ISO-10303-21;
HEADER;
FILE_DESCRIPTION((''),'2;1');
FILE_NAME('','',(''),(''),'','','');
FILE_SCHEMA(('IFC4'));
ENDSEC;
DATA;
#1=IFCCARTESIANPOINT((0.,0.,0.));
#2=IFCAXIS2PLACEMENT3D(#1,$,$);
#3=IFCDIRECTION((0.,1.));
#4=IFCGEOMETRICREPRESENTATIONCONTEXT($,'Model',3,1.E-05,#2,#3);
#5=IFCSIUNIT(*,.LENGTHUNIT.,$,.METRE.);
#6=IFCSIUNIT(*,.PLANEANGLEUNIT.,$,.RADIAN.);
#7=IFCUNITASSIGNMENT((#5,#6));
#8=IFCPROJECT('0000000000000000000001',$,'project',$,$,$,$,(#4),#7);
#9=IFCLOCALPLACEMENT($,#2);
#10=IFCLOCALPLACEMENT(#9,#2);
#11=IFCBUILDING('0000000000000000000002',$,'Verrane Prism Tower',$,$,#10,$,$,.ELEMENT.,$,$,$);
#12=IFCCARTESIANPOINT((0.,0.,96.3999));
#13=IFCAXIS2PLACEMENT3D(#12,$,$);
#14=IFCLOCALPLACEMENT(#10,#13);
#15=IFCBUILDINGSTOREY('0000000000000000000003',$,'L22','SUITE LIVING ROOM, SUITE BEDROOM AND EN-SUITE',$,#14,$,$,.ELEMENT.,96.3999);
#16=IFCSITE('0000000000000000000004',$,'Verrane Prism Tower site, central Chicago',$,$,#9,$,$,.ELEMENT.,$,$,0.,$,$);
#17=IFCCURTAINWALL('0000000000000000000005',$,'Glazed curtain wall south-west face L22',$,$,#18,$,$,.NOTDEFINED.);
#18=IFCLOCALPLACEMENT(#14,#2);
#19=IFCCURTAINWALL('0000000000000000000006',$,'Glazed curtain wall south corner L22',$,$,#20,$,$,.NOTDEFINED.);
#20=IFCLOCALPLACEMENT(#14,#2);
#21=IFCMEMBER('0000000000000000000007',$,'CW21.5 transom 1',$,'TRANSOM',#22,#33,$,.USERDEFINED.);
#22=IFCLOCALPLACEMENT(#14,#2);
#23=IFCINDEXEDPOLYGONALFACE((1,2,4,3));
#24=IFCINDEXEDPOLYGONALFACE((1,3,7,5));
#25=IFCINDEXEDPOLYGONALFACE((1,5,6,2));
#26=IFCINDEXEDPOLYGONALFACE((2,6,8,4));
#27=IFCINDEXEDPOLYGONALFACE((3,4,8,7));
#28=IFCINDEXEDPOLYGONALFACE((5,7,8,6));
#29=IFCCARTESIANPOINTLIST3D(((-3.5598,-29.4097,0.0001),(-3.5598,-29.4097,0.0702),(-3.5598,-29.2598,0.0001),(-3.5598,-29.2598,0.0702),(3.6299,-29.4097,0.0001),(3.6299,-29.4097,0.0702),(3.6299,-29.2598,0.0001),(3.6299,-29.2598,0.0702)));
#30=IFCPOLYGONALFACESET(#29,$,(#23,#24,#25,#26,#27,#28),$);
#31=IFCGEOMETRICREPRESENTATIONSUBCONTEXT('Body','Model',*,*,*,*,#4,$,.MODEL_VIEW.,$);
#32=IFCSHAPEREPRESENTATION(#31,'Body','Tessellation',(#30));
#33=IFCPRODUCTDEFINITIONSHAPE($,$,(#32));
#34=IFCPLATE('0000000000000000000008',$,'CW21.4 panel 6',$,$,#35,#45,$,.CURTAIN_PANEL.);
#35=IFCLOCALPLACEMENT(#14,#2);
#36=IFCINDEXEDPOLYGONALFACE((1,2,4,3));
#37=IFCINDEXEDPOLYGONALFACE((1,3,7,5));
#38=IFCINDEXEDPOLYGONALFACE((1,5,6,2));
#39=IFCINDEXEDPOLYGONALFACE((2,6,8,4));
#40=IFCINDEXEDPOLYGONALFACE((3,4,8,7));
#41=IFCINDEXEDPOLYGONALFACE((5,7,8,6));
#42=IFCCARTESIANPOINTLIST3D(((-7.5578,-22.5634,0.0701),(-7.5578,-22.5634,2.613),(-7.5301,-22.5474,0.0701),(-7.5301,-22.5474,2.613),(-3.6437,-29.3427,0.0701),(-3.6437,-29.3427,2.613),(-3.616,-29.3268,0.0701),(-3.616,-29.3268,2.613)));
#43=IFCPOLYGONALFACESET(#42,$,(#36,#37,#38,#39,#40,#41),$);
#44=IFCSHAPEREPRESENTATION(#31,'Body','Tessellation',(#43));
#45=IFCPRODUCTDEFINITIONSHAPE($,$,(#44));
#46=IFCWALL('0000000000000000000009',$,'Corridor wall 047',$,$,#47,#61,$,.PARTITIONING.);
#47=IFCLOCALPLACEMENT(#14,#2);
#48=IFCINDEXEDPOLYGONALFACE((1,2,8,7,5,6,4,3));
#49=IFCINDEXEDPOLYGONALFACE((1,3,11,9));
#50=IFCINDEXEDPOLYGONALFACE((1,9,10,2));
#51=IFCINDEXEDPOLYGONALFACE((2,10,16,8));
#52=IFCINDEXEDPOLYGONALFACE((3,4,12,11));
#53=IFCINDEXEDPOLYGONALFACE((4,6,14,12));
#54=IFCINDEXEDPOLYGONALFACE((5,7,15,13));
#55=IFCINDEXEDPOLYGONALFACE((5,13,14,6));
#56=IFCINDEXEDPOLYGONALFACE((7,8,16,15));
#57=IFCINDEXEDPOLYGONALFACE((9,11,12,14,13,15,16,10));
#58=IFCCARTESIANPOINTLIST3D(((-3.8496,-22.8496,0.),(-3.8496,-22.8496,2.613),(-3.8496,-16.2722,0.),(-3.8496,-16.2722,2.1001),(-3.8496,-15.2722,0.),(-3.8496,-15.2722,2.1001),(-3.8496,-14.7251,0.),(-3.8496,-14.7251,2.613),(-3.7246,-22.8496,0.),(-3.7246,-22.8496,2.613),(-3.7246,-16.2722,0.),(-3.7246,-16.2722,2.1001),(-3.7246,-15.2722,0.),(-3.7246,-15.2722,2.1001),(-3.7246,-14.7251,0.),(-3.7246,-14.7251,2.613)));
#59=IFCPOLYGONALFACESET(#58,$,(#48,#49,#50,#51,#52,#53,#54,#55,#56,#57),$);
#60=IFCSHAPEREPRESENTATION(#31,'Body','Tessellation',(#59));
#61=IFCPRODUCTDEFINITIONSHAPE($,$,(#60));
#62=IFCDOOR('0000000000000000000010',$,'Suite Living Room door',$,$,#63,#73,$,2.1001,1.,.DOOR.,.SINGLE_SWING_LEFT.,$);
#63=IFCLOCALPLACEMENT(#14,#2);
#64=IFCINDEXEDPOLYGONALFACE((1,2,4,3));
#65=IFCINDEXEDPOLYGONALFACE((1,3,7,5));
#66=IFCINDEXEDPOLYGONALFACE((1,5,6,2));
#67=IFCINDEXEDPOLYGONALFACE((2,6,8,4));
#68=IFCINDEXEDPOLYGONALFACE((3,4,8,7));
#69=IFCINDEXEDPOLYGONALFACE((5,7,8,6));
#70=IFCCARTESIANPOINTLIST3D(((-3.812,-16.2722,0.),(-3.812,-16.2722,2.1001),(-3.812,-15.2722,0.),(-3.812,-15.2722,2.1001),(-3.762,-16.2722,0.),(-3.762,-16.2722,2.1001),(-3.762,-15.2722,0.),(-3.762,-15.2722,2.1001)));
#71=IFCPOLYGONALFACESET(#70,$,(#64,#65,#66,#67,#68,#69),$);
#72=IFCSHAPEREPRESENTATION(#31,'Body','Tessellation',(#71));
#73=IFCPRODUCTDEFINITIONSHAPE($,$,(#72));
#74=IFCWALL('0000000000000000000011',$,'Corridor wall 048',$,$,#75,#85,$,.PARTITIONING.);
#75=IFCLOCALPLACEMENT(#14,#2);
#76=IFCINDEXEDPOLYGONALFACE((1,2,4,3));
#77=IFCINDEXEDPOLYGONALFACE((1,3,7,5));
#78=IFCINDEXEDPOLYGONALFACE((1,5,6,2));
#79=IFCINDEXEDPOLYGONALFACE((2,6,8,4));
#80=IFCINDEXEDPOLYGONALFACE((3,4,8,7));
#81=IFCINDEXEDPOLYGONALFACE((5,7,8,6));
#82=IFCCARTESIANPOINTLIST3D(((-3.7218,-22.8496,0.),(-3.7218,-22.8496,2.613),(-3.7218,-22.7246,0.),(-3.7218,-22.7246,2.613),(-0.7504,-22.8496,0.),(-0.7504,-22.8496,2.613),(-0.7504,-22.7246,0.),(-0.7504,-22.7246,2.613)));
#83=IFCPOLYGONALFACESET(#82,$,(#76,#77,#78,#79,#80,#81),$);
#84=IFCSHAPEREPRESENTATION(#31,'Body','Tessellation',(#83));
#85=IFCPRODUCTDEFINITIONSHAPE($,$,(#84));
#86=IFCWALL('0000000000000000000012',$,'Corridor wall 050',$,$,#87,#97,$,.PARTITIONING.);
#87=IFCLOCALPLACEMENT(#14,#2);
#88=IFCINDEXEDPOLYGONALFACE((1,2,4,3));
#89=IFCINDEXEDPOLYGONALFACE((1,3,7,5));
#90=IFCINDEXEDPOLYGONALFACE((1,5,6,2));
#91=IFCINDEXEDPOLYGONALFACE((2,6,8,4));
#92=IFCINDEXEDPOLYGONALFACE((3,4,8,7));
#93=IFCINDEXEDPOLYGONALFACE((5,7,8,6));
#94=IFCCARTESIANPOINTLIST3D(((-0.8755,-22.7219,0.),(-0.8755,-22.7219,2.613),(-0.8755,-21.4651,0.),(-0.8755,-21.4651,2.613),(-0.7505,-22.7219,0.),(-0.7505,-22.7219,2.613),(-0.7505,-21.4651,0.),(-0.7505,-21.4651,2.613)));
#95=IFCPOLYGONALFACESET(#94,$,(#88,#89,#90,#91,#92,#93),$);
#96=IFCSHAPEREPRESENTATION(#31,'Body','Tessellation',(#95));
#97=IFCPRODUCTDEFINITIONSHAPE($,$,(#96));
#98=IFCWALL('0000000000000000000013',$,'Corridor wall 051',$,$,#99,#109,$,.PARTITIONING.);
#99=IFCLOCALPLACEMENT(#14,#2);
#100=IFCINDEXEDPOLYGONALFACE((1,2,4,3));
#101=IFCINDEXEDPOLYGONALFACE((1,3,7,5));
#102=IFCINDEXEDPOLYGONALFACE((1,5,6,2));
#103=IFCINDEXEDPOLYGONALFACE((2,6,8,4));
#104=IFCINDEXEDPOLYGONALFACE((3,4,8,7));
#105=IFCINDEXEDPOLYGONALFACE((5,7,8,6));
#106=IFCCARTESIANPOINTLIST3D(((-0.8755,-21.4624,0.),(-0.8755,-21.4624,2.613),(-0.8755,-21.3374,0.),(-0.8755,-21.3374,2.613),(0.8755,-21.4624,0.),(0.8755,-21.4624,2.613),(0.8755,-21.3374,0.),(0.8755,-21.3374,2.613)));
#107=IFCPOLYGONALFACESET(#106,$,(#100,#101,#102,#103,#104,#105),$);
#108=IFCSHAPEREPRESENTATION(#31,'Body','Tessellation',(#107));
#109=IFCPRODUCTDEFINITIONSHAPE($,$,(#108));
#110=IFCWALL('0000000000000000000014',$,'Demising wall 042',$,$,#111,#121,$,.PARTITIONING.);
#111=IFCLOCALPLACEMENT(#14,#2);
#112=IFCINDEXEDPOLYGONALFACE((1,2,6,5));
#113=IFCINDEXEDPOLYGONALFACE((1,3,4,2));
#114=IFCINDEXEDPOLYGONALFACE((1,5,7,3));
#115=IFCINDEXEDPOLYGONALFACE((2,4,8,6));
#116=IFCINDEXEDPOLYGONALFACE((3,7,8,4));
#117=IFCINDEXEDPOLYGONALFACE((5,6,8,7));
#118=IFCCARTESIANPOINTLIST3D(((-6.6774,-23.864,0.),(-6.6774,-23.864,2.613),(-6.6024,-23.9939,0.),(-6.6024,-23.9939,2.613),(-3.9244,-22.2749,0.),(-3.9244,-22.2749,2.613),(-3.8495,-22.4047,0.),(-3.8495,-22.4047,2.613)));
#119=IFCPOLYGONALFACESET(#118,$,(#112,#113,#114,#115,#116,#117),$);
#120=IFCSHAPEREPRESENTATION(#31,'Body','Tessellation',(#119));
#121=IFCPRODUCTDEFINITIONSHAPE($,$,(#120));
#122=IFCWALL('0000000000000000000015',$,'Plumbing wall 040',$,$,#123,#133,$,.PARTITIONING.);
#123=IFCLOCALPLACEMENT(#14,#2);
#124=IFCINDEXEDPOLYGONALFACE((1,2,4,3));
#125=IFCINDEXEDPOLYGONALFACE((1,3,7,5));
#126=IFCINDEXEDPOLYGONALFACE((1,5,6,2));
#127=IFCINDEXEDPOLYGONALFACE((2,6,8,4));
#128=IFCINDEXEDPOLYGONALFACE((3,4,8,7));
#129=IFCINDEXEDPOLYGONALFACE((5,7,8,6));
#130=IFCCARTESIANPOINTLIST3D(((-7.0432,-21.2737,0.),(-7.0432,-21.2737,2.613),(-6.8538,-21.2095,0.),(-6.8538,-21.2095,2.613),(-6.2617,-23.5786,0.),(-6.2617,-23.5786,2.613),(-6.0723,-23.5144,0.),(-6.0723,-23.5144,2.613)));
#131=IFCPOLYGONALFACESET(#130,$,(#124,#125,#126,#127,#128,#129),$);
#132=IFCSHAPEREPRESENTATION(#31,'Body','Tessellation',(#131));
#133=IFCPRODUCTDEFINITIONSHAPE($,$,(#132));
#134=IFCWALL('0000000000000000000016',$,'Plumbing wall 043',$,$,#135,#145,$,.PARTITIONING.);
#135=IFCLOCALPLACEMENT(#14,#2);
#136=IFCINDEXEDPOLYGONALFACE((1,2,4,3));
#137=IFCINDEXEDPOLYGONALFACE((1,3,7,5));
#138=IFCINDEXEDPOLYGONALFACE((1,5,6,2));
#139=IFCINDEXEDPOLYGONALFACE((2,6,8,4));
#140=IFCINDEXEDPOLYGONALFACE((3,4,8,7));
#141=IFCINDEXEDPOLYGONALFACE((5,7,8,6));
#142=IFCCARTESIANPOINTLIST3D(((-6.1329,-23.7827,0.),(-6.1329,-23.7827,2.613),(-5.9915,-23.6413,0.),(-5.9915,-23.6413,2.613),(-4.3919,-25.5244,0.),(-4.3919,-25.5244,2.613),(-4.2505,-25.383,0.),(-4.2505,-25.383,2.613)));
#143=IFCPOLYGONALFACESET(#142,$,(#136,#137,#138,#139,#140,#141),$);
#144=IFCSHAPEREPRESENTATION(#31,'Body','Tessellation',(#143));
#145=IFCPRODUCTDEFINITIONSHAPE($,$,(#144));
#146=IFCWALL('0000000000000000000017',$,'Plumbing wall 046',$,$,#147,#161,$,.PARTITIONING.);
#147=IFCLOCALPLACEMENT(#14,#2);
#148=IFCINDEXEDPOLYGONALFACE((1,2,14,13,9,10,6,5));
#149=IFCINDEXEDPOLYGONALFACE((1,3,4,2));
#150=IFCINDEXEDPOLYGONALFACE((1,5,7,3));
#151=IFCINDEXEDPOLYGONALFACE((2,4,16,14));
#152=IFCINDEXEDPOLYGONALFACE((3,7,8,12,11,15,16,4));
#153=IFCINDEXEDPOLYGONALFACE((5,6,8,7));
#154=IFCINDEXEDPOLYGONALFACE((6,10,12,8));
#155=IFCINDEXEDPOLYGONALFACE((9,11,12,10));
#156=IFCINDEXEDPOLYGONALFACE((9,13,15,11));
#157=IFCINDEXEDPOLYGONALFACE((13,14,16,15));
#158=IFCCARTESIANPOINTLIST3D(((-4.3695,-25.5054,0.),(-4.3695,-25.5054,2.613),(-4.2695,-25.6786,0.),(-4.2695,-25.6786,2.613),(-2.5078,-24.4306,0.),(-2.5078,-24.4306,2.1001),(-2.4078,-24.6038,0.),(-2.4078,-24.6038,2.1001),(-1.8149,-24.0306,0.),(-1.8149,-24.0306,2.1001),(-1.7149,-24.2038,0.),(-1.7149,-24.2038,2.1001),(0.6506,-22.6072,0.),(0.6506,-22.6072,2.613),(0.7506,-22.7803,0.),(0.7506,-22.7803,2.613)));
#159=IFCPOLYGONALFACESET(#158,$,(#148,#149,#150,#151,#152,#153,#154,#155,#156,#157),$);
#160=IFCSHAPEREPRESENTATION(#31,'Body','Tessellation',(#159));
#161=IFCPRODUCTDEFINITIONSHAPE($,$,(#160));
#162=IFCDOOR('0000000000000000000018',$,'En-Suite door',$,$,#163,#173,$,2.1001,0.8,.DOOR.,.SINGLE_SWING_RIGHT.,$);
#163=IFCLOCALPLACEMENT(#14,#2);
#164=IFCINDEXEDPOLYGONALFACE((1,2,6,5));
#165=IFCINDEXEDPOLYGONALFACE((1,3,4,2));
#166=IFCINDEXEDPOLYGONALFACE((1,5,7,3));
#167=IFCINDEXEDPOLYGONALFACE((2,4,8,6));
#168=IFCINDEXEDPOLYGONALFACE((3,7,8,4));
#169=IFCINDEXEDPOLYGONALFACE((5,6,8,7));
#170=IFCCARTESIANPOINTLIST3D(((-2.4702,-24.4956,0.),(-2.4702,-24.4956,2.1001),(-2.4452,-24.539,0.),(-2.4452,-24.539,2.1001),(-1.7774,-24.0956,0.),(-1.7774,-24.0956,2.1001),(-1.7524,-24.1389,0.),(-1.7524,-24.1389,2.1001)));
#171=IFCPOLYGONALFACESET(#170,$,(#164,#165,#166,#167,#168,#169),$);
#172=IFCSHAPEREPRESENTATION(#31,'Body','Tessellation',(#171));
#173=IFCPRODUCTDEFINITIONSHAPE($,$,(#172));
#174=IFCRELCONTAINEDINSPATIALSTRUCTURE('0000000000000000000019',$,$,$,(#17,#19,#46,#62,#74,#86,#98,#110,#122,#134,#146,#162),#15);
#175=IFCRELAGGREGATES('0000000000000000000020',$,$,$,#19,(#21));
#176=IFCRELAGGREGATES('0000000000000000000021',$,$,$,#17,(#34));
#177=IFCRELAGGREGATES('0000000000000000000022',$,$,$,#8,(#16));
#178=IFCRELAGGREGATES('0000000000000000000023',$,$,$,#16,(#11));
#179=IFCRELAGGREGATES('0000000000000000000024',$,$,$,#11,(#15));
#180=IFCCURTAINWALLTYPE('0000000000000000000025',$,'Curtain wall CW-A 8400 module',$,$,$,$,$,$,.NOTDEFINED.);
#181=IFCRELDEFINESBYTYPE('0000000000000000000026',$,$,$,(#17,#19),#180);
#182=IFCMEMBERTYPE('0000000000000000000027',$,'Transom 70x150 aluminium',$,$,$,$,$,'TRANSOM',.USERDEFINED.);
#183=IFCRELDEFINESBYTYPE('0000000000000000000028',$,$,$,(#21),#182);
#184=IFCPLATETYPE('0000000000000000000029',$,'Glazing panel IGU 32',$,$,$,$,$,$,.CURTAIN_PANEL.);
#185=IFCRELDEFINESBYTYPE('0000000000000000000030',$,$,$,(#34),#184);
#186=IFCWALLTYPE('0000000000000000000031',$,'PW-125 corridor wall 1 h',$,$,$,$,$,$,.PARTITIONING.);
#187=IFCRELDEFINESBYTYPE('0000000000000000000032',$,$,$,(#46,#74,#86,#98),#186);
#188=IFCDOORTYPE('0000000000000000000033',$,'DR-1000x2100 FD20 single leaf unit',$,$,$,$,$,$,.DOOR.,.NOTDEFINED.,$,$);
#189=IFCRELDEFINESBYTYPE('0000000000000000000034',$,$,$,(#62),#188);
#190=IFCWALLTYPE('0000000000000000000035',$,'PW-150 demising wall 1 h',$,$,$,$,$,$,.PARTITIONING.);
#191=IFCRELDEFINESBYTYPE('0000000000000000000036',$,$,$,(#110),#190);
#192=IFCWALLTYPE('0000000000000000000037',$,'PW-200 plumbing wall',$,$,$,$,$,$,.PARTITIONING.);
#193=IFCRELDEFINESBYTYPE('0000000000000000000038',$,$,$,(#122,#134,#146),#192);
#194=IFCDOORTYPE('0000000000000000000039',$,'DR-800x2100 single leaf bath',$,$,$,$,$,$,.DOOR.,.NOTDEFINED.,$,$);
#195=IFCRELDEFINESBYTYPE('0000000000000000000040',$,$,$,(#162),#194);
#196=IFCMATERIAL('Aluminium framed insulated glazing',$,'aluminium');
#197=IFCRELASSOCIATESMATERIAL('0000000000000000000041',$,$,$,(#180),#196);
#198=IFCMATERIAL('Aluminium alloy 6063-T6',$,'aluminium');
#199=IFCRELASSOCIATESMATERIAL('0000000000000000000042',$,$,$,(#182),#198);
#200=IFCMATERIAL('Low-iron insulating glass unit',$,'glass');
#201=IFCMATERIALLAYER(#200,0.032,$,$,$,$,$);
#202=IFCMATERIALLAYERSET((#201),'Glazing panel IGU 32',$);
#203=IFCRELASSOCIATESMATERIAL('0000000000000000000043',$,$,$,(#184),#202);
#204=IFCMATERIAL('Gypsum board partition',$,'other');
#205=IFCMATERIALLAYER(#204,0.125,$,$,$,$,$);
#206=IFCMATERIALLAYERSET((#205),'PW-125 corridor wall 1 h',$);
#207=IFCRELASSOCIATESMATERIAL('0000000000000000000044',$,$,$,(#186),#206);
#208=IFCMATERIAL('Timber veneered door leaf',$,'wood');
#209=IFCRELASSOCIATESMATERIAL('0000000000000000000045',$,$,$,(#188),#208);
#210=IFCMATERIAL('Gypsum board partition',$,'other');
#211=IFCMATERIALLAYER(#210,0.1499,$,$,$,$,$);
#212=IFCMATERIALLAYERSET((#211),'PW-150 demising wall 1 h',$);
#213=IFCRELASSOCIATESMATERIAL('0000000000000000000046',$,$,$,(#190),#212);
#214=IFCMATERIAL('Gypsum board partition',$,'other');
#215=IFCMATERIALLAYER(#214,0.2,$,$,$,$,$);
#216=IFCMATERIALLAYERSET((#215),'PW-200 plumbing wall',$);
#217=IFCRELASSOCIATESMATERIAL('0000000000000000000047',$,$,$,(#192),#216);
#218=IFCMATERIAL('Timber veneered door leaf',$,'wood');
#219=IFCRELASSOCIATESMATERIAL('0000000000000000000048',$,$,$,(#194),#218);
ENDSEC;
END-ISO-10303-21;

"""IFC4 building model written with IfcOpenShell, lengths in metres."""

from ifc_helpers import new_model, si_unit, direction, frame, frame_2d, origin, origin_2d, place, context, subcontext, project, spatial, rectangle, extrude, material, layer, layer_set, material_profile, profile_set, type_object, element, fill, aggregate, save


model = new_model("IFC4")

# Units and contexts
model_context = context("Model", 3, precision=1e-05, world=origin(), true_north=direction((0.0, 1.0)))
body_context = subcontext(model_context, "Body", "Model", "MODEL_VIEW")
ifc_project = project(units=[si_unit("LENGTHUNIT", "METRE"), si_unit("PLANEANGLEUNIT", "RADIAN")], contexts=[model_context])

# Site, building, storey
site_placement = place(None, origin())
site = spatial("IfcSite", under=ifc_project, at=site_placement, Name="Verrane Prism Tower site, central Chicago", CompositionType="ELEMENT", RefElevation=0.0)
building_placement = place(site_placement, origin())
building = spatial("IfcBuilding", under=site, at=building_placement, Name="Verrane Prism Tower", CompositionType="ELEMENT")
storey_placement = place(building_placement, frame((0.0, 0.0, 96.3999)))
storey = spatial("IfcBuildingStorey", under=building, at=storey_placement, Name="L22", Description="SUITE LIVING ROOM, SUITE BEDROOM AND EN-SUITE", CompositionType="ELEMENT", Elevation=96.3999)

# Curtain walls
ifc_material_1 = material(Name="Aluminium framed insulated glazing", Category="aluminium")
curtain_wall_type = type_object("IfcCurtainWallType", Name="Curtain wall CW-A 8400 module", PredefinedType="NOTDEFINED", material=ifc_material_1)
curtain_wall_1_placement = place(storey_placement, origin())
curtain_wall_1 = element("IfcCurtainWall", 1, at=curtain_wall_1_placement, inside=storey, type_object=curtain_wall_type, Name="Glazed curtain wall south-west face L22", PredefinedType="NOTDEFINED")
curtain_wall_2_placement = place(storey_placement, origin())
curtain_wall_2 = element("IfcCurtainWall", 2, at=curtain_wall_2_placement, inside=storey, type_object=curtain_wall_type, Name="Glazed curtain wall south corner L22", PredefinedType="NOTDEFINED")

# Member
ifc_material_2 = material(Name="Aluminium alloy 6063-T6", Category="aluminium")
ifc_material_profile_1 = material_profile(ifc_material_2, rectangle(XDim=0.1499, YDim=0.0701, at=origin_2d()), Name="Transom 70x150 aluminium")
ifc_profile_set_1 = profile_set([ifc_material_profile_1], Name="Aluminium alloy 6063-T6")
member_type_1 = type_object("IfcMemberType", Name="Transom 70x150 aluminium", ElementType="TRANSOM", PredefinedType="USERDEFINED", material=ifc_profile_set_1)
member_1_placement = place(storey_placement, frame((-3.5598, -29.3347, 0.0352), z_axis=(1.0, 0.0, 0.0), x_axis=(0.0, 1.0, 0.0)))
member_1 = element("IfcMember", 3, at=member_1_placement, type_object=member_type_1, Name="CW21.5 transom 1", ObjectType="TRANSOM", PredefinedType="USERDEFINED", context=body_context, shape_type="SweptSolid", body=[
    extrude(rectangle(XDim=0.1499, YDim=0.0701, at=origin_2d()), origin(), (0.0, 0.0, 1.0), 7.1897),
])
aggregate(curtain_wall_2, [member_1])

# Plate
ifc_material_3 = material(Name="Low-iron insulating glass unit", Category="glass")
ifc_layer_1 = layer(ifc_material_3, 0.032)
ifc_layer_set_1 = layer_set([ifc_layer_1], Name="Glazing panel IGU 32")
plate_type = type_object("IfcPlateType", Name="Glazing panel IGU 32", PredefinedType="CURTAIN_PANEL", material=ifc_layer_set_1)
plate_placement = place(storey_placement, frame((-5.5869, -25.9451, 0.0701), z_axis=(0.0, 0.0, 1.0), x_axis=(0.5, -0.866026, 0.0)))
plate = element("IfcPlate", 4, at=plate_placement, type_object=plate_type, Name="CW21.4 panel 6", PredefinedType="CURTAIN_PANEL", context=body_context, shape_type="SweptSolid", body=[
    extrude(rectangle(XDim=7.8281, YDim=0.032, at=origin_2d()), origin(), (0.0, 0.0, 1.0), 2.543),
])
aggregate(curtain_wall_1, [plate])

# Wall, opening, door
ifc_material_4 = material(Name="Gypsum board partition", Category="other")
ifc_layer_2 = layer(ifc_material_4, 0.125)
ifc_layer_set_2 = layer_set([ifc_layer_2], Name="PW-125 corridor wall 1 h")
wall_type_1 = type_object("IfcWallType", Name="PW-125 corridor wall 1 h", PredefinedType="PARTITIONING", material=ifc_layer_set_2)
wall_1_placement = place(storey_placement, frame((-3.7871, -22.8496, 0.0), z_axis=(0.0, 0.0, 1.0), x_axis=(0.0, 1.0, 0.0)))
wall_1 = element("IfcWall", 5, at=wall_1_placement, inside=storey, type_object=wall_type_1, Name="Corridor wall 047", PredefinedType="PARTITIONING", context=body_context, shape_type="SweptSolid", body=[
    extrude(rectangle(XDim=8.1245, YDim=0.125, at=frame_2d((4.0623, 0.0))), origin(), (0.0, 0.0, 1.0), 2.613),
])
opening_1_placement = place(wall_1_placement, frame((6.5774, 0.0, 0.0)))
opening_1 = element("IfcOpeningElement", 6, at=opening_1_placement, cuts=wall_1, PredefinedType="OPENING", context=body_context, shape_type="SweptSolid", body=[
    extrude(rectangle(XDim=1.0, YDim=2.1001, at=frame_2d((0.5, 1.05))), frame((0.0, 0.0725, 0.0), z_axis=(0.0, -1.0, 0.0), x_axis=(1.0, 0.0, 0.0)), (0.0, 0.0, 1.0), 0.145),
])
ifc_material_5 = material(Name="Timber veneered door leaf", Category="wood")
door_type_1 = type_object("IfcDoorType", Name="DR-1000x2100 FD20 single leaf unit", OperationType="NOTDEFINED", PredefinedType="DOOR", material=ifc_material_5)
door_1_placement = place(opening_1_placement, origin())
door_1 = element("IfcDoor", 7, at=door_1_placement, inside=storey, type_object=door_type_1, Name="Suite Living Room door", OperationType="SINGLE_SWING_LEFT", OverallHeight=2.1001, OverallWidth=1.0, PredefinedType="DOOR", context=body_context, shape_type="SweptSolid", body=[
    extrude(rectangle(XDim=1.0, YDim=2.1001, at=frame_2d((0.5, 1.05))), frame((0.0, 0.0249, 0.0), z_axis=(0.0, -1.0, 0.0), x_axis=(1.0, 0.0, 0.0)), (0.0, 0.0, 1.0), 0.05),
])
fill(opening_1, door_1)

# Walls
wall_2_placement = place(storey_placement, frame((-3.7219, -22.7871, 0.0), z_axis=(0.0, 0.0, 1.0), x_axis=(1.0, 0.0, 0.0)))
element("IfcWall", 8, at=wall_2_placement, inside=storey, type_object=wall_type_1, Name="Corridor wall 048", PredefinedType="PARTITIONING", context=body_context, shape_type="SweptSolid", body=[
    extrude(rectangle(XDim=2.9714, YDim=0.125, at=frame_2d((1.4858, 0.0))), origin(), (0.0, 0.0, 1.0), 2.613),
])
wall_3_placement = place(storey_placement, frame((-0.813, -22.7219, 0.0), z_axis=(0.0, 0.0, 1.0), x_axis=(0.0, 1.0, 0.0)))
element("IfcWall", 9, at=wall_3_placement, inside=storey, type_object=wall_type_1, Name="Corridor wall 050", PredefinedType="PARTITIONING", context=body_context, shape_type="SweptSolid", body=[
    extrude(rectangle(XDim=1.2568, YDim=0.125, at=frame_2d((0.6284, 0.0))), origin(), (0.0, 0.0, 1.0), 2.613),
])
wall_4_placement = place(storey_placement, frame((-0.8755, -21.3999, 0.0), z_axis=(0.0, 0.0, 1.0), x_axis=(1.0, 0.0, 0.0)))
element("IfcWall", 10, at=wall_4_placement, inside=storey, type_object=wall_type_1, Name="Corridor wall 051", PredefinedType="PARTITIONING", context=body_context, shape_type="SweptSolid", body=[
    extrude(rectangle(XDim=1.751, YDim=0.125, at=frame_2d((0.8755, 0.0))), origin(), (0.0, 0.0, 1.0), 2.613),
])
ifc_material_6 = material(Name="Gypsum board partition", Category="other")
ifc_layer_3 = layer(ifc_material_6, 0.1499)
ifc_layer_set_3 = layer_set([ifc_layer_3], Name="PW-150 demising wall 1 h")
wall_type_2 = type_object("IfcWallType", Name="PW-150 demising wall 1 h", PredefinedType="PARTITIONING", material=ifc_layer_set_3)
wall_5_placement = place(storey_placement, frame((-6.6399, -23.929, 0.0), z_axis=(0.0, 0.0, 1.0), x_axis=(0.866065, 0.499931, 0.0)))
element("IfcWall", 11, at=wall_5_placement, inside=storey, type_object=wall_type_2, Name="Demising wall 042", PredefinedType="PARTITIONING", context=body_context, shape_type="SweptSolid", body=[
    extrude(rectangle(XDim=3.1787, YDim=0.1499, at=frame_2d((1.5894, 0.0))), origin(), (0.0, 0.0, 1.0), 2.613),
])
ifc_material_7 = material(Name="Gypsum board partition", Category="other")
ifc_layer_4 = layer(ifc_material_7, 0.2)
ifc_layer_set_4 = layer_set([ifc_layer_4], Name="PW-200 plumbing wall")
wall_type_3 = type_object("IfcWallType", Name="PW-200 plumbing wall", PredefinedType="PARTITIONING", material=ifc_layer_set_4)
wall_6_placement = place(storey_placement, frame((-6.9485, -21.2417, 0.0), z_axis=(0.0, 0.0, 1.0), x_axis=(0.321099, -0.947046, 0.0)))
element("IfcWall", 12, at=wall_6_placement, inside=storey, type_object=wall_type_3, Name="Plumbing wall 040", PredefinedType="PARTITIONING", context=body_context, shape_type="SweptSolid", body=[
    extrude(rectangle(XDim=2.4338, YDim=0.2, at=frame_2d((1.2168, 0.0))), origin(), (0.0, 0.0, 1.0), 2.613),
])
wall_7_placement = place(storey_placement, frame((-6.0623, -23.7119, 0.0), z_axis=(0.0, 0.0, 1.0), x_axis=(0.706958, -0.707255, 0.0)))
element("IfcWall", 13, at=wall_7_placement, inside=storey, type_object=wall_type_3, Name="Plumbing wall 043", PredefinedType="PARTITIONING", context=body_context, shape_type="SweptSolid", body=[
    extrude(rectangle(XDim=2.4626, YDim=0.2, at=frame_2d((1.2314, 0.0))), origin(), (0.0, 0.0, 1.0), 2.613),
])

# Wall, opening, door
wall_8_placement = place(storey_placement, frame((-4.3196, -25.592, 0.0), z_axis=(0.0, 0.0, 1.0), x_axis=(0.866034, 0.499985, 0.0)))
wall_8 = element("IfcWall", 14, at=wall_8_placement, inside=storey, type_object=wall_type_3, Name="Plumbing wall 046", PredefinedType="PARTITIONING", context=body_context, shape_type="SweptSolid", body=[
    extrude(rectangle(XDim=5.7966, YDim=0.2, at=frame_2d((2.8984, 0.0))), origin(), (0.0, 0.0, 1.0), 2.613),
])
opening_2_placement = place(wall_8_placement, frame((2.1499, 0.0, 0.0)))
opening_2 = element("IfcOpeningElement", 15, at=opening_2_placement, cuts=wall_8, PredefinedType="OPENING", context=body_context, shape_type="SweptSolid", body=[
    extrude(rectangle(XDim=0.8, YDim=2.1001, at=frame_2d((0.3999, 1.05))), frame((0.0, 0.1099, 0.0), z_axis=(0.0, -1.0, 0.0), x_axis=(1.0, 0.0, 0.0)), (0.0, 0.0, 1.0), 0.22),
])
ifc_material_8 = material(Name="Timber veneered door leaf", Category="wood")
door_type_2 = type_object("IfcDoorType", Name="DR-800x2100 single leaf bath", OperationType="NOTDEFINED", PredefinedType="DOOR", material=ifc_material_8)
door_2_placement = place(opening_2_placement, origin())
door_2 = element("IfcDoor", 16, at=door_2_placement, inside=storey, type_object=door_type_2, Name="En-Suite door", OperationType="SINGLE_SWING_RIGHT", OverallHeight=2.1001, OverallWidth=0.8, PredefinedType="DOOR", context=body_context, shape_type="SweptSolid", body=[
    extrude(rectangle(XDim=0.8, YDim=2.1001, at=frame_2d((0.3999, 1.05))), frame((0.0, 0.0249, 0.0), z_axis=(0.0, -1.0, 0.0), x_axis=(1.0, 0.0, 0.0)), (0.0, 0.0, 1.0), 0.05),
])
fill(opening_2, door_2)

save(model, "model.ifc")
